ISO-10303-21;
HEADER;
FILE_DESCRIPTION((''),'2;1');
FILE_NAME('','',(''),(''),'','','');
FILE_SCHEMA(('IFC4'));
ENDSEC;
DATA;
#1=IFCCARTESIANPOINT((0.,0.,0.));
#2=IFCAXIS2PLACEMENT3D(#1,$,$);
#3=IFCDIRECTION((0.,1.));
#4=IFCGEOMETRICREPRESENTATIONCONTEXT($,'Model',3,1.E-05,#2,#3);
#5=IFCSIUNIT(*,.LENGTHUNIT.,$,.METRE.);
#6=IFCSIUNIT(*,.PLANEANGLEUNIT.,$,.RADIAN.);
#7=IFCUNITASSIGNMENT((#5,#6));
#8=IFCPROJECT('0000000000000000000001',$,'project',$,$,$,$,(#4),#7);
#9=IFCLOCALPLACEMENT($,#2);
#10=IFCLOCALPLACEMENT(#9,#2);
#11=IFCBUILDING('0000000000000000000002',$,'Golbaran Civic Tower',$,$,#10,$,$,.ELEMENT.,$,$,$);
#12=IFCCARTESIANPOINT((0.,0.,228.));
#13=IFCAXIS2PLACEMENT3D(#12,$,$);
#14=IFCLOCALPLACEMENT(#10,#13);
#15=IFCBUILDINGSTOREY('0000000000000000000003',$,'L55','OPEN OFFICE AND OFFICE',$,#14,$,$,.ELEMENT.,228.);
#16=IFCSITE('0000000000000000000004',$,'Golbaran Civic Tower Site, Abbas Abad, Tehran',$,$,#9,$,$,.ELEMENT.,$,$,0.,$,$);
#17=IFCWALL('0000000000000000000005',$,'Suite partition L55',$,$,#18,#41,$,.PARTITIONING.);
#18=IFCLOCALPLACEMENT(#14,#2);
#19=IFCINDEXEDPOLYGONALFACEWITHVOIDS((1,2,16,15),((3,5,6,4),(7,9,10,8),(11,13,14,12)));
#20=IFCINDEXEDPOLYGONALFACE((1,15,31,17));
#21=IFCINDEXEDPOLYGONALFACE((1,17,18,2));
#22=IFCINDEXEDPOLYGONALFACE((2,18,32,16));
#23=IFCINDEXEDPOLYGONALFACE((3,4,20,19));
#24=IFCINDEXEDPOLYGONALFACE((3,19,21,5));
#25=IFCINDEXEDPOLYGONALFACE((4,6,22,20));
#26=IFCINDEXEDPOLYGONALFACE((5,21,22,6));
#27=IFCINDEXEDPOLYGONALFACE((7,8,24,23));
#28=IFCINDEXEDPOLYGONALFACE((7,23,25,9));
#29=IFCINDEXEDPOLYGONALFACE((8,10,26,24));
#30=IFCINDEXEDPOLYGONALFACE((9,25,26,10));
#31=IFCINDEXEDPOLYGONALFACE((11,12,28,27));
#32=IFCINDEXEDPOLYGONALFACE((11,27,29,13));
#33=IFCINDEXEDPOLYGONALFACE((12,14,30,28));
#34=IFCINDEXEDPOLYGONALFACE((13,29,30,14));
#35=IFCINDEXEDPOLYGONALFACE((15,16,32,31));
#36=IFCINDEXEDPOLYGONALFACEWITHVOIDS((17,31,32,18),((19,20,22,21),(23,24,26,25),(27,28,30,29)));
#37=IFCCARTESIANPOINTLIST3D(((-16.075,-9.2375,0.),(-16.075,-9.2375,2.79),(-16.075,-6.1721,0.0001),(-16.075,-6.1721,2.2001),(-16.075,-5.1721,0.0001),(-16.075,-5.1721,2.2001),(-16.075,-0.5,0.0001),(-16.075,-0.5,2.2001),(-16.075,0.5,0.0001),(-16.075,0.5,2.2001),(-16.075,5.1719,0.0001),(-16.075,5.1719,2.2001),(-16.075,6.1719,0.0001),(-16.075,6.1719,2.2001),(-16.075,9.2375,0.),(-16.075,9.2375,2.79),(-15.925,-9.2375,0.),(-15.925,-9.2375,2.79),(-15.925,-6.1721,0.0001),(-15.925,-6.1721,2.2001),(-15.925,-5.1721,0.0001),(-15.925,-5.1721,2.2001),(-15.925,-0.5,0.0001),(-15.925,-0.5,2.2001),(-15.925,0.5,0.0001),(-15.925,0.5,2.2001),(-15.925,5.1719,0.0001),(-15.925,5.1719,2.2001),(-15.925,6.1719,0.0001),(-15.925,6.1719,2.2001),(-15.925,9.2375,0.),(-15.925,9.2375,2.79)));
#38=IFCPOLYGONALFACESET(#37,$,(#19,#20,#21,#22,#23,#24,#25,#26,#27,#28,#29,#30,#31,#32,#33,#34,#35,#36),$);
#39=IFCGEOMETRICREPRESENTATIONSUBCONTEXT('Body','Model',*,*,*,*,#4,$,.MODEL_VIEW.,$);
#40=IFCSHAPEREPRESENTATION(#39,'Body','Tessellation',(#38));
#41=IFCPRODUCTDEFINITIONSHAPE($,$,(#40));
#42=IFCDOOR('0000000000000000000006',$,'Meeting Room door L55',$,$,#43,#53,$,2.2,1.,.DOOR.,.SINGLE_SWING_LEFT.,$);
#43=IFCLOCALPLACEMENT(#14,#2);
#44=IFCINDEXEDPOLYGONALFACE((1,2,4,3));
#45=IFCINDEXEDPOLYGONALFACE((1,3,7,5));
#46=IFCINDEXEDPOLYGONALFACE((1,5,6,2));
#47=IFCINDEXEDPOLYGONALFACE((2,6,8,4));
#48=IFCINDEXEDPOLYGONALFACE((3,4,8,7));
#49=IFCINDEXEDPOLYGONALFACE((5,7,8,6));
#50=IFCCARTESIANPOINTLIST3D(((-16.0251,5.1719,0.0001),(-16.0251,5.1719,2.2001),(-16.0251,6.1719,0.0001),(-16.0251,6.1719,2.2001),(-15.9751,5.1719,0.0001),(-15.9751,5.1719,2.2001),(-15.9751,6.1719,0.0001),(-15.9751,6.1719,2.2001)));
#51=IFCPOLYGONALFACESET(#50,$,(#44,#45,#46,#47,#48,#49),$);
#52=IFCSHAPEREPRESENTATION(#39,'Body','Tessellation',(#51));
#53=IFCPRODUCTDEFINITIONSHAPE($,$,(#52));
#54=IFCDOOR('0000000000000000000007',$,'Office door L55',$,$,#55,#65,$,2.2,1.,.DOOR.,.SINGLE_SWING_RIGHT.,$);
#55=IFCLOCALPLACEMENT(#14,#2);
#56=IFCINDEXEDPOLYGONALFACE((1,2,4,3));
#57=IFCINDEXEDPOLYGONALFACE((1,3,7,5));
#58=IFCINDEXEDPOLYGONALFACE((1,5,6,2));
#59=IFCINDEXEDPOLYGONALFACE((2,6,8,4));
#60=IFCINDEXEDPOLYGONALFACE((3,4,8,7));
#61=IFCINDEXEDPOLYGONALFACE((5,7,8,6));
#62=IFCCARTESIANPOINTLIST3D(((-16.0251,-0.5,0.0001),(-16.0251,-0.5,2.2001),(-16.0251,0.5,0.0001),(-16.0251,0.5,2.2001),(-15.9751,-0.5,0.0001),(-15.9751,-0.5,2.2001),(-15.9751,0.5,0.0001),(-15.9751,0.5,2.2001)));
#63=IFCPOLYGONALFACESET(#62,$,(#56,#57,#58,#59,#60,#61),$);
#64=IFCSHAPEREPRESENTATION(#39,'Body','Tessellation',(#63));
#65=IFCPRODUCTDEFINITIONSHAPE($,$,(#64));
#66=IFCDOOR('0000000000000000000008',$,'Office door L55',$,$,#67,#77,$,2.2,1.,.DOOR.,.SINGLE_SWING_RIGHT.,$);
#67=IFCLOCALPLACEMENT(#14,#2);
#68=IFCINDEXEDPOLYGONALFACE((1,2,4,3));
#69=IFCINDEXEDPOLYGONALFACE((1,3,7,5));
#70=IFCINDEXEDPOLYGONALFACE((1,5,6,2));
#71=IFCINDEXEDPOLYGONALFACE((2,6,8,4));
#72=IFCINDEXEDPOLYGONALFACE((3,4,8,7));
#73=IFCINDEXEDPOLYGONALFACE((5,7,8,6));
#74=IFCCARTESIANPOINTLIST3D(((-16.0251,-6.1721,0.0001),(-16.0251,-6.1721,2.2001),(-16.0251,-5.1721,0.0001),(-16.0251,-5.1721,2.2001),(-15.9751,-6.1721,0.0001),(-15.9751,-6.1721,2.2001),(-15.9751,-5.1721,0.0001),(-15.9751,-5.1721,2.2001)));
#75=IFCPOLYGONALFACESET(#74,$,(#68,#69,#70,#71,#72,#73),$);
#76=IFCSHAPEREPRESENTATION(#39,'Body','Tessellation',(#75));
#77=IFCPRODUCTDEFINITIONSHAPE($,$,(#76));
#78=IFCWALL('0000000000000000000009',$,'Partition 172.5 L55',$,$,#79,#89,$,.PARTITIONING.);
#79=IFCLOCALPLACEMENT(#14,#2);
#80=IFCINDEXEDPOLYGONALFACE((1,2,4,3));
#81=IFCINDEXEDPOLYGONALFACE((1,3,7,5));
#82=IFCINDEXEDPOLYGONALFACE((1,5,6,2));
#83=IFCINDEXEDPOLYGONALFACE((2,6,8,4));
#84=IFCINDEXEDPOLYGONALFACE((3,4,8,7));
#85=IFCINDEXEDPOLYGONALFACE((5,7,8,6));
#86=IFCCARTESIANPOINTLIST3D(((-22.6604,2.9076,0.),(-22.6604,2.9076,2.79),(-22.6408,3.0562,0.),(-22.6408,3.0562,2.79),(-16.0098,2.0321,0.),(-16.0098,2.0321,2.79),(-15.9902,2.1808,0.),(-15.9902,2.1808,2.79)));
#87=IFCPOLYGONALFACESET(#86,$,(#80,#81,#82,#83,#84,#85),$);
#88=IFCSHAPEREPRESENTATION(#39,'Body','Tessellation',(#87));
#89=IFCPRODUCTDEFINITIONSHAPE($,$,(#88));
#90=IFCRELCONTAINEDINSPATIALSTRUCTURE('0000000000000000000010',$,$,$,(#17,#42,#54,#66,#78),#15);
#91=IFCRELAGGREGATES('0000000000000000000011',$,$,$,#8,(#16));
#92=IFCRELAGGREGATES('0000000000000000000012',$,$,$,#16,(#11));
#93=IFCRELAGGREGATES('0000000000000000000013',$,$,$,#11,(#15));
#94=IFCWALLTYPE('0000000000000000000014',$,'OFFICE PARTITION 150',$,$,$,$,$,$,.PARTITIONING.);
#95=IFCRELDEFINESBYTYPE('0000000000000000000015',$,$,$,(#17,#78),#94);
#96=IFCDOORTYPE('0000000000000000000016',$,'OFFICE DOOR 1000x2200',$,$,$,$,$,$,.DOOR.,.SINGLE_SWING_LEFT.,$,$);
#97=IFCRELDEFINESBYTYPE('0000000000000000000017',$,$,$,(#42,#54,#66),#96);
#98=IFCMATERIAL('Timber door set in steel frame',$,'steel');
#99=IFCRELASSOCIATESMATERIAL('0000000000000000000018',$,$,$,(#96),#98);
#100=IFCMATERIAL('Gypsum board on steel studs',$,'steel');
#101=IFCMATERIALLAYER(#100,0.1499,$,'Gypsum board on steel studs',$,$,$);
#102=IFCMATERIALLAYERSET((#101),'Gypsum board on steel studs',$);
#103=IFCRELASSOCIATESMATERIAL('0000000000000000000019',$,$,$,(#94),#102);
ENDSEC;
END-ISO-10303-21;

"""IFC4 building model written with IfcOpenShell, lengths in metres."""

from ifc_helpers import new_model, si_unit, direction, frame, frame_2d, origin, place, context, subcontext, project, spatial, rectangle, extrude, material, layer, layer_set, type_object, element, fill, save


model = new_model("IFC4")

# Units and contexts
model_context = context("Model", 3, precision=1e-05, world=origin(), true_north=direction((0.0, 1.0)))
body_context = subcontext(model_context, "Body", "Model", "MODEL_VIEW")
ifc_project = project(units=[si_unit("LENGTHUNIT", "METRE"), si_unit("PLANEANGLEUNIT", "RADIAN")], contexts=[model_context])

# Site, building, storey
site_placement = place(None, origin())
site = spatial("IfcSite", under=ifc_project, at=site_placement, Name="Golbaran Civic Tower Site, Abbas Abad, Tehran", CompositionType="ELEMENT", RefElevation=0.0)
building_placement = place(site_placement, origin())
building = spatial("IfcBuilding", under=site, at=building_placement, Name="Golbaran Civic Tower", CompositionType="ELEMENT")
storey_placement = place(building_placement, frame((0.0, 0.0, 228.0)))
storey = spatial("IfcBuildingStorey", under=building, at=storey_placement, Name="L55", Description="OPEN OFFICE AND OFFICE", CompositionType="ELEMENT", Elevation=228.0)

# Shared definitions
ifc_material_1 = material(Name="Timber door set in steel frame", Category="steel")

# Shared definitions
door_type_1 = type_object("IfcDoorType", Name="OFFICE DOOR 1000x2200", OperationType="SINGLE_SWING_LEFT", PredefinedType="DOOR", material=ifc_material_1)

# Shared definitions
ifc_material_2 = material(Name="Gypsum board on steel studs", Category="steel")
ifc_layer_1 = layer(ifc_material_2, 0.1499, Name="Gypsum board on steel studs")
ifc_layer_set_1 = layer_set([ifc_layer_1], Name="Gypsum board on steel studs")
wall_type_1 = type_object("IfcWallType", Name="OFFICE PARTITION 150", PredefinedType="PARTITIONING", material=ifc_layer_set_1)

# Wall, openings, doors
wall_1_placement = place(storey_placement, frame((-16.0, 9.2375, 0.0), z_axis=(0.0, 0.0, 1.0), x_axis=(0.0, -1.0, 0.0)))
wall_1 = element("IfcWall", 1, at=wall_1_placement, inside=storey, type_object=wall_type_1, Name="Suite partition L55", PredefinedType="PARTITIONING", context=body_context, shape_type="SweptSolid", body=[
    extrude(rectangle(XDim=18.4751, YDim=0.1499, at=frame_2d((9.2375, 0.0))), origin(), (0.0, 0.0, 1.0), 2.79),
])
opening_1_placement = place(wall_1_placement, frame((3.0657, 0.0, 0.0)))
opening_1 = element("IfcOpeningElement", 2, at=opening_1_placement, cuts=wall_1, PredefinedType="OPENING", context=body_context, shape_type="SweptSolid", body=[
    extrude(rectangle(XDim=1.0, YDim=2.2, at=frame_2d((0.5, 1.1001))), frame((0.0, 0.085, 0.0), z_axis=(0.0, -1.0, 0.0), x_axis=(1.0, 0.0, 0.0)), (0.0, 0.0, 1.0), 0.1699),
])
opening_2_placement = place(wall_1_placement, frame((8.7375, 0.0, 0.0)))
opening_2 = element("IfcOpeningElement", 3, at=opening_2_placement, cuts=wall_1, PredefinedType="OPENING", context=body_context, shape_type="SweptSolid", body=[
    extrude(rectangle(XDim=1.0, YDim=2.2, at=frame_2d((0.5, 1.1001))), frame((0.0, 0.085, 0.0), z_axis=(0.0, -1.0, 0.0), x_axis=(1.0, 0.0, 0.0)), (0.0, 0.0, 1.0), 0.1699),
])
opening_3_placement = place(wall_1_placement, frame((14.4097, 0.0, 0.0)))
opening_3 = element("IfcOpeningElement", 4, at=opening_3_placement, cuts=wall_1, PredefinedType="OPENING", context=body_context, shape_type="SweptSolid", body=[
    extrude(rectangle(XDim=1.0, YDim=2.2, at=frame_2d((0.5, 1.1001))), frame((0.0, 0.085, 0.0), z_axis=(0.0, -1.0, 0.0), x_axis=(1.0, 0.0, 0.0)), (0.0, 0.0, 1.0), 0.1699),
])
door_1_placement = place(opening_1_placement, origin())
door_1 = element("IfcDoor", 5, at=door_1_placement, inside=storey, type_object=door_type_1, Name="Meeting Room door L55", OperationType="SINGLE_SWING_LEFT", OverallHeight=2.2, OverallWidth=1.0, PredefinedType="DOOR", context=body_context, shape_type="SweptSolid", body=[
    extrude(rectangle(XDim=1.0, YDim=2.2, at=frame_2d((0.5, 1.1001))), frame((0.0, 0.0249, 0.0), z_axis=(0.0, -1.0, 0.0), x_axis=(1.0, 0.0, 0.0)), (0.0, 0.0, 1.0), 0.05),
])
fill(opening_1, door_1)
door_2_placement = place(opening_2_placement, origin())
door_2 = element("IfcDoor", 6, at=door_2_placement, inside=storey, type_object=door_type_1, Name="Office door L55", OperationType="SINGLE_SWING_RIGHT", OverallHeight=2.2, OverallWidth=1.0, PredefinedType="DOOR", context=body_context, shape_type="SweptSolid", body=[
    extrude(rectangle(XDim=1.0, YDim=2.2, at=frame_2d((0.5, 1.1001))), frame((0.0, 0.0249, 0.0), z_axis=(0.0, -1.0, 0.0), x_axis=(1.0, 0.0, 0.0)), (0.0, 0.0, 1.0), 0.05),
])
fill(opening_2, door_2)
door_3_placement = place(opening_3_placement, origin())
door_3 = element("IfcDoor", 7, at=door_3_placement, inside=storey, type_object=door_type_1, Name="Office door L55", OperationType="SINGLE_SWING_RIGHT", OverallHeight=2.2, OverallWidth=1.0, PredefinedType="DOOR", context=body_context, shape_type="SweptSolid", body=[
    extrude(rectangle(XDim=1.0, YDim=2.2, at=frame_2d((0.5, 1.1001))), frame((0.0, 0.0249, 0.0), z_axis=(0.0, -1.0, 0.0), x_axis=(1.0, 0.0, 0.0)), (0.0, 0.0, 1.0), 0.05),
])
fill(opening_3, door_3)

# Wall
wall_2_placement = place(storey_placement, frame((-16.0, 2.1064, 0.0), z_axis=(0.0, 0.0, 1.0), x_axis=(-0.991446, 0.130514, 0.0)))
element("IfcWall", 8, at=wall_2_placement, inside=storey, type_object=wall_type_1, Name="Partition 172.5 L55", PredefinedType="PARTITIONING", context=body_context, shape_type="SweptSolid", body=[
    extrude(rectangle(XDim=6.708, YDim=0.1499, at=frame_2d((3.354, 0.0))), origin(), (0.0, 0.0, 1.0), 2.79),
])

save(model, "model.ifc")
